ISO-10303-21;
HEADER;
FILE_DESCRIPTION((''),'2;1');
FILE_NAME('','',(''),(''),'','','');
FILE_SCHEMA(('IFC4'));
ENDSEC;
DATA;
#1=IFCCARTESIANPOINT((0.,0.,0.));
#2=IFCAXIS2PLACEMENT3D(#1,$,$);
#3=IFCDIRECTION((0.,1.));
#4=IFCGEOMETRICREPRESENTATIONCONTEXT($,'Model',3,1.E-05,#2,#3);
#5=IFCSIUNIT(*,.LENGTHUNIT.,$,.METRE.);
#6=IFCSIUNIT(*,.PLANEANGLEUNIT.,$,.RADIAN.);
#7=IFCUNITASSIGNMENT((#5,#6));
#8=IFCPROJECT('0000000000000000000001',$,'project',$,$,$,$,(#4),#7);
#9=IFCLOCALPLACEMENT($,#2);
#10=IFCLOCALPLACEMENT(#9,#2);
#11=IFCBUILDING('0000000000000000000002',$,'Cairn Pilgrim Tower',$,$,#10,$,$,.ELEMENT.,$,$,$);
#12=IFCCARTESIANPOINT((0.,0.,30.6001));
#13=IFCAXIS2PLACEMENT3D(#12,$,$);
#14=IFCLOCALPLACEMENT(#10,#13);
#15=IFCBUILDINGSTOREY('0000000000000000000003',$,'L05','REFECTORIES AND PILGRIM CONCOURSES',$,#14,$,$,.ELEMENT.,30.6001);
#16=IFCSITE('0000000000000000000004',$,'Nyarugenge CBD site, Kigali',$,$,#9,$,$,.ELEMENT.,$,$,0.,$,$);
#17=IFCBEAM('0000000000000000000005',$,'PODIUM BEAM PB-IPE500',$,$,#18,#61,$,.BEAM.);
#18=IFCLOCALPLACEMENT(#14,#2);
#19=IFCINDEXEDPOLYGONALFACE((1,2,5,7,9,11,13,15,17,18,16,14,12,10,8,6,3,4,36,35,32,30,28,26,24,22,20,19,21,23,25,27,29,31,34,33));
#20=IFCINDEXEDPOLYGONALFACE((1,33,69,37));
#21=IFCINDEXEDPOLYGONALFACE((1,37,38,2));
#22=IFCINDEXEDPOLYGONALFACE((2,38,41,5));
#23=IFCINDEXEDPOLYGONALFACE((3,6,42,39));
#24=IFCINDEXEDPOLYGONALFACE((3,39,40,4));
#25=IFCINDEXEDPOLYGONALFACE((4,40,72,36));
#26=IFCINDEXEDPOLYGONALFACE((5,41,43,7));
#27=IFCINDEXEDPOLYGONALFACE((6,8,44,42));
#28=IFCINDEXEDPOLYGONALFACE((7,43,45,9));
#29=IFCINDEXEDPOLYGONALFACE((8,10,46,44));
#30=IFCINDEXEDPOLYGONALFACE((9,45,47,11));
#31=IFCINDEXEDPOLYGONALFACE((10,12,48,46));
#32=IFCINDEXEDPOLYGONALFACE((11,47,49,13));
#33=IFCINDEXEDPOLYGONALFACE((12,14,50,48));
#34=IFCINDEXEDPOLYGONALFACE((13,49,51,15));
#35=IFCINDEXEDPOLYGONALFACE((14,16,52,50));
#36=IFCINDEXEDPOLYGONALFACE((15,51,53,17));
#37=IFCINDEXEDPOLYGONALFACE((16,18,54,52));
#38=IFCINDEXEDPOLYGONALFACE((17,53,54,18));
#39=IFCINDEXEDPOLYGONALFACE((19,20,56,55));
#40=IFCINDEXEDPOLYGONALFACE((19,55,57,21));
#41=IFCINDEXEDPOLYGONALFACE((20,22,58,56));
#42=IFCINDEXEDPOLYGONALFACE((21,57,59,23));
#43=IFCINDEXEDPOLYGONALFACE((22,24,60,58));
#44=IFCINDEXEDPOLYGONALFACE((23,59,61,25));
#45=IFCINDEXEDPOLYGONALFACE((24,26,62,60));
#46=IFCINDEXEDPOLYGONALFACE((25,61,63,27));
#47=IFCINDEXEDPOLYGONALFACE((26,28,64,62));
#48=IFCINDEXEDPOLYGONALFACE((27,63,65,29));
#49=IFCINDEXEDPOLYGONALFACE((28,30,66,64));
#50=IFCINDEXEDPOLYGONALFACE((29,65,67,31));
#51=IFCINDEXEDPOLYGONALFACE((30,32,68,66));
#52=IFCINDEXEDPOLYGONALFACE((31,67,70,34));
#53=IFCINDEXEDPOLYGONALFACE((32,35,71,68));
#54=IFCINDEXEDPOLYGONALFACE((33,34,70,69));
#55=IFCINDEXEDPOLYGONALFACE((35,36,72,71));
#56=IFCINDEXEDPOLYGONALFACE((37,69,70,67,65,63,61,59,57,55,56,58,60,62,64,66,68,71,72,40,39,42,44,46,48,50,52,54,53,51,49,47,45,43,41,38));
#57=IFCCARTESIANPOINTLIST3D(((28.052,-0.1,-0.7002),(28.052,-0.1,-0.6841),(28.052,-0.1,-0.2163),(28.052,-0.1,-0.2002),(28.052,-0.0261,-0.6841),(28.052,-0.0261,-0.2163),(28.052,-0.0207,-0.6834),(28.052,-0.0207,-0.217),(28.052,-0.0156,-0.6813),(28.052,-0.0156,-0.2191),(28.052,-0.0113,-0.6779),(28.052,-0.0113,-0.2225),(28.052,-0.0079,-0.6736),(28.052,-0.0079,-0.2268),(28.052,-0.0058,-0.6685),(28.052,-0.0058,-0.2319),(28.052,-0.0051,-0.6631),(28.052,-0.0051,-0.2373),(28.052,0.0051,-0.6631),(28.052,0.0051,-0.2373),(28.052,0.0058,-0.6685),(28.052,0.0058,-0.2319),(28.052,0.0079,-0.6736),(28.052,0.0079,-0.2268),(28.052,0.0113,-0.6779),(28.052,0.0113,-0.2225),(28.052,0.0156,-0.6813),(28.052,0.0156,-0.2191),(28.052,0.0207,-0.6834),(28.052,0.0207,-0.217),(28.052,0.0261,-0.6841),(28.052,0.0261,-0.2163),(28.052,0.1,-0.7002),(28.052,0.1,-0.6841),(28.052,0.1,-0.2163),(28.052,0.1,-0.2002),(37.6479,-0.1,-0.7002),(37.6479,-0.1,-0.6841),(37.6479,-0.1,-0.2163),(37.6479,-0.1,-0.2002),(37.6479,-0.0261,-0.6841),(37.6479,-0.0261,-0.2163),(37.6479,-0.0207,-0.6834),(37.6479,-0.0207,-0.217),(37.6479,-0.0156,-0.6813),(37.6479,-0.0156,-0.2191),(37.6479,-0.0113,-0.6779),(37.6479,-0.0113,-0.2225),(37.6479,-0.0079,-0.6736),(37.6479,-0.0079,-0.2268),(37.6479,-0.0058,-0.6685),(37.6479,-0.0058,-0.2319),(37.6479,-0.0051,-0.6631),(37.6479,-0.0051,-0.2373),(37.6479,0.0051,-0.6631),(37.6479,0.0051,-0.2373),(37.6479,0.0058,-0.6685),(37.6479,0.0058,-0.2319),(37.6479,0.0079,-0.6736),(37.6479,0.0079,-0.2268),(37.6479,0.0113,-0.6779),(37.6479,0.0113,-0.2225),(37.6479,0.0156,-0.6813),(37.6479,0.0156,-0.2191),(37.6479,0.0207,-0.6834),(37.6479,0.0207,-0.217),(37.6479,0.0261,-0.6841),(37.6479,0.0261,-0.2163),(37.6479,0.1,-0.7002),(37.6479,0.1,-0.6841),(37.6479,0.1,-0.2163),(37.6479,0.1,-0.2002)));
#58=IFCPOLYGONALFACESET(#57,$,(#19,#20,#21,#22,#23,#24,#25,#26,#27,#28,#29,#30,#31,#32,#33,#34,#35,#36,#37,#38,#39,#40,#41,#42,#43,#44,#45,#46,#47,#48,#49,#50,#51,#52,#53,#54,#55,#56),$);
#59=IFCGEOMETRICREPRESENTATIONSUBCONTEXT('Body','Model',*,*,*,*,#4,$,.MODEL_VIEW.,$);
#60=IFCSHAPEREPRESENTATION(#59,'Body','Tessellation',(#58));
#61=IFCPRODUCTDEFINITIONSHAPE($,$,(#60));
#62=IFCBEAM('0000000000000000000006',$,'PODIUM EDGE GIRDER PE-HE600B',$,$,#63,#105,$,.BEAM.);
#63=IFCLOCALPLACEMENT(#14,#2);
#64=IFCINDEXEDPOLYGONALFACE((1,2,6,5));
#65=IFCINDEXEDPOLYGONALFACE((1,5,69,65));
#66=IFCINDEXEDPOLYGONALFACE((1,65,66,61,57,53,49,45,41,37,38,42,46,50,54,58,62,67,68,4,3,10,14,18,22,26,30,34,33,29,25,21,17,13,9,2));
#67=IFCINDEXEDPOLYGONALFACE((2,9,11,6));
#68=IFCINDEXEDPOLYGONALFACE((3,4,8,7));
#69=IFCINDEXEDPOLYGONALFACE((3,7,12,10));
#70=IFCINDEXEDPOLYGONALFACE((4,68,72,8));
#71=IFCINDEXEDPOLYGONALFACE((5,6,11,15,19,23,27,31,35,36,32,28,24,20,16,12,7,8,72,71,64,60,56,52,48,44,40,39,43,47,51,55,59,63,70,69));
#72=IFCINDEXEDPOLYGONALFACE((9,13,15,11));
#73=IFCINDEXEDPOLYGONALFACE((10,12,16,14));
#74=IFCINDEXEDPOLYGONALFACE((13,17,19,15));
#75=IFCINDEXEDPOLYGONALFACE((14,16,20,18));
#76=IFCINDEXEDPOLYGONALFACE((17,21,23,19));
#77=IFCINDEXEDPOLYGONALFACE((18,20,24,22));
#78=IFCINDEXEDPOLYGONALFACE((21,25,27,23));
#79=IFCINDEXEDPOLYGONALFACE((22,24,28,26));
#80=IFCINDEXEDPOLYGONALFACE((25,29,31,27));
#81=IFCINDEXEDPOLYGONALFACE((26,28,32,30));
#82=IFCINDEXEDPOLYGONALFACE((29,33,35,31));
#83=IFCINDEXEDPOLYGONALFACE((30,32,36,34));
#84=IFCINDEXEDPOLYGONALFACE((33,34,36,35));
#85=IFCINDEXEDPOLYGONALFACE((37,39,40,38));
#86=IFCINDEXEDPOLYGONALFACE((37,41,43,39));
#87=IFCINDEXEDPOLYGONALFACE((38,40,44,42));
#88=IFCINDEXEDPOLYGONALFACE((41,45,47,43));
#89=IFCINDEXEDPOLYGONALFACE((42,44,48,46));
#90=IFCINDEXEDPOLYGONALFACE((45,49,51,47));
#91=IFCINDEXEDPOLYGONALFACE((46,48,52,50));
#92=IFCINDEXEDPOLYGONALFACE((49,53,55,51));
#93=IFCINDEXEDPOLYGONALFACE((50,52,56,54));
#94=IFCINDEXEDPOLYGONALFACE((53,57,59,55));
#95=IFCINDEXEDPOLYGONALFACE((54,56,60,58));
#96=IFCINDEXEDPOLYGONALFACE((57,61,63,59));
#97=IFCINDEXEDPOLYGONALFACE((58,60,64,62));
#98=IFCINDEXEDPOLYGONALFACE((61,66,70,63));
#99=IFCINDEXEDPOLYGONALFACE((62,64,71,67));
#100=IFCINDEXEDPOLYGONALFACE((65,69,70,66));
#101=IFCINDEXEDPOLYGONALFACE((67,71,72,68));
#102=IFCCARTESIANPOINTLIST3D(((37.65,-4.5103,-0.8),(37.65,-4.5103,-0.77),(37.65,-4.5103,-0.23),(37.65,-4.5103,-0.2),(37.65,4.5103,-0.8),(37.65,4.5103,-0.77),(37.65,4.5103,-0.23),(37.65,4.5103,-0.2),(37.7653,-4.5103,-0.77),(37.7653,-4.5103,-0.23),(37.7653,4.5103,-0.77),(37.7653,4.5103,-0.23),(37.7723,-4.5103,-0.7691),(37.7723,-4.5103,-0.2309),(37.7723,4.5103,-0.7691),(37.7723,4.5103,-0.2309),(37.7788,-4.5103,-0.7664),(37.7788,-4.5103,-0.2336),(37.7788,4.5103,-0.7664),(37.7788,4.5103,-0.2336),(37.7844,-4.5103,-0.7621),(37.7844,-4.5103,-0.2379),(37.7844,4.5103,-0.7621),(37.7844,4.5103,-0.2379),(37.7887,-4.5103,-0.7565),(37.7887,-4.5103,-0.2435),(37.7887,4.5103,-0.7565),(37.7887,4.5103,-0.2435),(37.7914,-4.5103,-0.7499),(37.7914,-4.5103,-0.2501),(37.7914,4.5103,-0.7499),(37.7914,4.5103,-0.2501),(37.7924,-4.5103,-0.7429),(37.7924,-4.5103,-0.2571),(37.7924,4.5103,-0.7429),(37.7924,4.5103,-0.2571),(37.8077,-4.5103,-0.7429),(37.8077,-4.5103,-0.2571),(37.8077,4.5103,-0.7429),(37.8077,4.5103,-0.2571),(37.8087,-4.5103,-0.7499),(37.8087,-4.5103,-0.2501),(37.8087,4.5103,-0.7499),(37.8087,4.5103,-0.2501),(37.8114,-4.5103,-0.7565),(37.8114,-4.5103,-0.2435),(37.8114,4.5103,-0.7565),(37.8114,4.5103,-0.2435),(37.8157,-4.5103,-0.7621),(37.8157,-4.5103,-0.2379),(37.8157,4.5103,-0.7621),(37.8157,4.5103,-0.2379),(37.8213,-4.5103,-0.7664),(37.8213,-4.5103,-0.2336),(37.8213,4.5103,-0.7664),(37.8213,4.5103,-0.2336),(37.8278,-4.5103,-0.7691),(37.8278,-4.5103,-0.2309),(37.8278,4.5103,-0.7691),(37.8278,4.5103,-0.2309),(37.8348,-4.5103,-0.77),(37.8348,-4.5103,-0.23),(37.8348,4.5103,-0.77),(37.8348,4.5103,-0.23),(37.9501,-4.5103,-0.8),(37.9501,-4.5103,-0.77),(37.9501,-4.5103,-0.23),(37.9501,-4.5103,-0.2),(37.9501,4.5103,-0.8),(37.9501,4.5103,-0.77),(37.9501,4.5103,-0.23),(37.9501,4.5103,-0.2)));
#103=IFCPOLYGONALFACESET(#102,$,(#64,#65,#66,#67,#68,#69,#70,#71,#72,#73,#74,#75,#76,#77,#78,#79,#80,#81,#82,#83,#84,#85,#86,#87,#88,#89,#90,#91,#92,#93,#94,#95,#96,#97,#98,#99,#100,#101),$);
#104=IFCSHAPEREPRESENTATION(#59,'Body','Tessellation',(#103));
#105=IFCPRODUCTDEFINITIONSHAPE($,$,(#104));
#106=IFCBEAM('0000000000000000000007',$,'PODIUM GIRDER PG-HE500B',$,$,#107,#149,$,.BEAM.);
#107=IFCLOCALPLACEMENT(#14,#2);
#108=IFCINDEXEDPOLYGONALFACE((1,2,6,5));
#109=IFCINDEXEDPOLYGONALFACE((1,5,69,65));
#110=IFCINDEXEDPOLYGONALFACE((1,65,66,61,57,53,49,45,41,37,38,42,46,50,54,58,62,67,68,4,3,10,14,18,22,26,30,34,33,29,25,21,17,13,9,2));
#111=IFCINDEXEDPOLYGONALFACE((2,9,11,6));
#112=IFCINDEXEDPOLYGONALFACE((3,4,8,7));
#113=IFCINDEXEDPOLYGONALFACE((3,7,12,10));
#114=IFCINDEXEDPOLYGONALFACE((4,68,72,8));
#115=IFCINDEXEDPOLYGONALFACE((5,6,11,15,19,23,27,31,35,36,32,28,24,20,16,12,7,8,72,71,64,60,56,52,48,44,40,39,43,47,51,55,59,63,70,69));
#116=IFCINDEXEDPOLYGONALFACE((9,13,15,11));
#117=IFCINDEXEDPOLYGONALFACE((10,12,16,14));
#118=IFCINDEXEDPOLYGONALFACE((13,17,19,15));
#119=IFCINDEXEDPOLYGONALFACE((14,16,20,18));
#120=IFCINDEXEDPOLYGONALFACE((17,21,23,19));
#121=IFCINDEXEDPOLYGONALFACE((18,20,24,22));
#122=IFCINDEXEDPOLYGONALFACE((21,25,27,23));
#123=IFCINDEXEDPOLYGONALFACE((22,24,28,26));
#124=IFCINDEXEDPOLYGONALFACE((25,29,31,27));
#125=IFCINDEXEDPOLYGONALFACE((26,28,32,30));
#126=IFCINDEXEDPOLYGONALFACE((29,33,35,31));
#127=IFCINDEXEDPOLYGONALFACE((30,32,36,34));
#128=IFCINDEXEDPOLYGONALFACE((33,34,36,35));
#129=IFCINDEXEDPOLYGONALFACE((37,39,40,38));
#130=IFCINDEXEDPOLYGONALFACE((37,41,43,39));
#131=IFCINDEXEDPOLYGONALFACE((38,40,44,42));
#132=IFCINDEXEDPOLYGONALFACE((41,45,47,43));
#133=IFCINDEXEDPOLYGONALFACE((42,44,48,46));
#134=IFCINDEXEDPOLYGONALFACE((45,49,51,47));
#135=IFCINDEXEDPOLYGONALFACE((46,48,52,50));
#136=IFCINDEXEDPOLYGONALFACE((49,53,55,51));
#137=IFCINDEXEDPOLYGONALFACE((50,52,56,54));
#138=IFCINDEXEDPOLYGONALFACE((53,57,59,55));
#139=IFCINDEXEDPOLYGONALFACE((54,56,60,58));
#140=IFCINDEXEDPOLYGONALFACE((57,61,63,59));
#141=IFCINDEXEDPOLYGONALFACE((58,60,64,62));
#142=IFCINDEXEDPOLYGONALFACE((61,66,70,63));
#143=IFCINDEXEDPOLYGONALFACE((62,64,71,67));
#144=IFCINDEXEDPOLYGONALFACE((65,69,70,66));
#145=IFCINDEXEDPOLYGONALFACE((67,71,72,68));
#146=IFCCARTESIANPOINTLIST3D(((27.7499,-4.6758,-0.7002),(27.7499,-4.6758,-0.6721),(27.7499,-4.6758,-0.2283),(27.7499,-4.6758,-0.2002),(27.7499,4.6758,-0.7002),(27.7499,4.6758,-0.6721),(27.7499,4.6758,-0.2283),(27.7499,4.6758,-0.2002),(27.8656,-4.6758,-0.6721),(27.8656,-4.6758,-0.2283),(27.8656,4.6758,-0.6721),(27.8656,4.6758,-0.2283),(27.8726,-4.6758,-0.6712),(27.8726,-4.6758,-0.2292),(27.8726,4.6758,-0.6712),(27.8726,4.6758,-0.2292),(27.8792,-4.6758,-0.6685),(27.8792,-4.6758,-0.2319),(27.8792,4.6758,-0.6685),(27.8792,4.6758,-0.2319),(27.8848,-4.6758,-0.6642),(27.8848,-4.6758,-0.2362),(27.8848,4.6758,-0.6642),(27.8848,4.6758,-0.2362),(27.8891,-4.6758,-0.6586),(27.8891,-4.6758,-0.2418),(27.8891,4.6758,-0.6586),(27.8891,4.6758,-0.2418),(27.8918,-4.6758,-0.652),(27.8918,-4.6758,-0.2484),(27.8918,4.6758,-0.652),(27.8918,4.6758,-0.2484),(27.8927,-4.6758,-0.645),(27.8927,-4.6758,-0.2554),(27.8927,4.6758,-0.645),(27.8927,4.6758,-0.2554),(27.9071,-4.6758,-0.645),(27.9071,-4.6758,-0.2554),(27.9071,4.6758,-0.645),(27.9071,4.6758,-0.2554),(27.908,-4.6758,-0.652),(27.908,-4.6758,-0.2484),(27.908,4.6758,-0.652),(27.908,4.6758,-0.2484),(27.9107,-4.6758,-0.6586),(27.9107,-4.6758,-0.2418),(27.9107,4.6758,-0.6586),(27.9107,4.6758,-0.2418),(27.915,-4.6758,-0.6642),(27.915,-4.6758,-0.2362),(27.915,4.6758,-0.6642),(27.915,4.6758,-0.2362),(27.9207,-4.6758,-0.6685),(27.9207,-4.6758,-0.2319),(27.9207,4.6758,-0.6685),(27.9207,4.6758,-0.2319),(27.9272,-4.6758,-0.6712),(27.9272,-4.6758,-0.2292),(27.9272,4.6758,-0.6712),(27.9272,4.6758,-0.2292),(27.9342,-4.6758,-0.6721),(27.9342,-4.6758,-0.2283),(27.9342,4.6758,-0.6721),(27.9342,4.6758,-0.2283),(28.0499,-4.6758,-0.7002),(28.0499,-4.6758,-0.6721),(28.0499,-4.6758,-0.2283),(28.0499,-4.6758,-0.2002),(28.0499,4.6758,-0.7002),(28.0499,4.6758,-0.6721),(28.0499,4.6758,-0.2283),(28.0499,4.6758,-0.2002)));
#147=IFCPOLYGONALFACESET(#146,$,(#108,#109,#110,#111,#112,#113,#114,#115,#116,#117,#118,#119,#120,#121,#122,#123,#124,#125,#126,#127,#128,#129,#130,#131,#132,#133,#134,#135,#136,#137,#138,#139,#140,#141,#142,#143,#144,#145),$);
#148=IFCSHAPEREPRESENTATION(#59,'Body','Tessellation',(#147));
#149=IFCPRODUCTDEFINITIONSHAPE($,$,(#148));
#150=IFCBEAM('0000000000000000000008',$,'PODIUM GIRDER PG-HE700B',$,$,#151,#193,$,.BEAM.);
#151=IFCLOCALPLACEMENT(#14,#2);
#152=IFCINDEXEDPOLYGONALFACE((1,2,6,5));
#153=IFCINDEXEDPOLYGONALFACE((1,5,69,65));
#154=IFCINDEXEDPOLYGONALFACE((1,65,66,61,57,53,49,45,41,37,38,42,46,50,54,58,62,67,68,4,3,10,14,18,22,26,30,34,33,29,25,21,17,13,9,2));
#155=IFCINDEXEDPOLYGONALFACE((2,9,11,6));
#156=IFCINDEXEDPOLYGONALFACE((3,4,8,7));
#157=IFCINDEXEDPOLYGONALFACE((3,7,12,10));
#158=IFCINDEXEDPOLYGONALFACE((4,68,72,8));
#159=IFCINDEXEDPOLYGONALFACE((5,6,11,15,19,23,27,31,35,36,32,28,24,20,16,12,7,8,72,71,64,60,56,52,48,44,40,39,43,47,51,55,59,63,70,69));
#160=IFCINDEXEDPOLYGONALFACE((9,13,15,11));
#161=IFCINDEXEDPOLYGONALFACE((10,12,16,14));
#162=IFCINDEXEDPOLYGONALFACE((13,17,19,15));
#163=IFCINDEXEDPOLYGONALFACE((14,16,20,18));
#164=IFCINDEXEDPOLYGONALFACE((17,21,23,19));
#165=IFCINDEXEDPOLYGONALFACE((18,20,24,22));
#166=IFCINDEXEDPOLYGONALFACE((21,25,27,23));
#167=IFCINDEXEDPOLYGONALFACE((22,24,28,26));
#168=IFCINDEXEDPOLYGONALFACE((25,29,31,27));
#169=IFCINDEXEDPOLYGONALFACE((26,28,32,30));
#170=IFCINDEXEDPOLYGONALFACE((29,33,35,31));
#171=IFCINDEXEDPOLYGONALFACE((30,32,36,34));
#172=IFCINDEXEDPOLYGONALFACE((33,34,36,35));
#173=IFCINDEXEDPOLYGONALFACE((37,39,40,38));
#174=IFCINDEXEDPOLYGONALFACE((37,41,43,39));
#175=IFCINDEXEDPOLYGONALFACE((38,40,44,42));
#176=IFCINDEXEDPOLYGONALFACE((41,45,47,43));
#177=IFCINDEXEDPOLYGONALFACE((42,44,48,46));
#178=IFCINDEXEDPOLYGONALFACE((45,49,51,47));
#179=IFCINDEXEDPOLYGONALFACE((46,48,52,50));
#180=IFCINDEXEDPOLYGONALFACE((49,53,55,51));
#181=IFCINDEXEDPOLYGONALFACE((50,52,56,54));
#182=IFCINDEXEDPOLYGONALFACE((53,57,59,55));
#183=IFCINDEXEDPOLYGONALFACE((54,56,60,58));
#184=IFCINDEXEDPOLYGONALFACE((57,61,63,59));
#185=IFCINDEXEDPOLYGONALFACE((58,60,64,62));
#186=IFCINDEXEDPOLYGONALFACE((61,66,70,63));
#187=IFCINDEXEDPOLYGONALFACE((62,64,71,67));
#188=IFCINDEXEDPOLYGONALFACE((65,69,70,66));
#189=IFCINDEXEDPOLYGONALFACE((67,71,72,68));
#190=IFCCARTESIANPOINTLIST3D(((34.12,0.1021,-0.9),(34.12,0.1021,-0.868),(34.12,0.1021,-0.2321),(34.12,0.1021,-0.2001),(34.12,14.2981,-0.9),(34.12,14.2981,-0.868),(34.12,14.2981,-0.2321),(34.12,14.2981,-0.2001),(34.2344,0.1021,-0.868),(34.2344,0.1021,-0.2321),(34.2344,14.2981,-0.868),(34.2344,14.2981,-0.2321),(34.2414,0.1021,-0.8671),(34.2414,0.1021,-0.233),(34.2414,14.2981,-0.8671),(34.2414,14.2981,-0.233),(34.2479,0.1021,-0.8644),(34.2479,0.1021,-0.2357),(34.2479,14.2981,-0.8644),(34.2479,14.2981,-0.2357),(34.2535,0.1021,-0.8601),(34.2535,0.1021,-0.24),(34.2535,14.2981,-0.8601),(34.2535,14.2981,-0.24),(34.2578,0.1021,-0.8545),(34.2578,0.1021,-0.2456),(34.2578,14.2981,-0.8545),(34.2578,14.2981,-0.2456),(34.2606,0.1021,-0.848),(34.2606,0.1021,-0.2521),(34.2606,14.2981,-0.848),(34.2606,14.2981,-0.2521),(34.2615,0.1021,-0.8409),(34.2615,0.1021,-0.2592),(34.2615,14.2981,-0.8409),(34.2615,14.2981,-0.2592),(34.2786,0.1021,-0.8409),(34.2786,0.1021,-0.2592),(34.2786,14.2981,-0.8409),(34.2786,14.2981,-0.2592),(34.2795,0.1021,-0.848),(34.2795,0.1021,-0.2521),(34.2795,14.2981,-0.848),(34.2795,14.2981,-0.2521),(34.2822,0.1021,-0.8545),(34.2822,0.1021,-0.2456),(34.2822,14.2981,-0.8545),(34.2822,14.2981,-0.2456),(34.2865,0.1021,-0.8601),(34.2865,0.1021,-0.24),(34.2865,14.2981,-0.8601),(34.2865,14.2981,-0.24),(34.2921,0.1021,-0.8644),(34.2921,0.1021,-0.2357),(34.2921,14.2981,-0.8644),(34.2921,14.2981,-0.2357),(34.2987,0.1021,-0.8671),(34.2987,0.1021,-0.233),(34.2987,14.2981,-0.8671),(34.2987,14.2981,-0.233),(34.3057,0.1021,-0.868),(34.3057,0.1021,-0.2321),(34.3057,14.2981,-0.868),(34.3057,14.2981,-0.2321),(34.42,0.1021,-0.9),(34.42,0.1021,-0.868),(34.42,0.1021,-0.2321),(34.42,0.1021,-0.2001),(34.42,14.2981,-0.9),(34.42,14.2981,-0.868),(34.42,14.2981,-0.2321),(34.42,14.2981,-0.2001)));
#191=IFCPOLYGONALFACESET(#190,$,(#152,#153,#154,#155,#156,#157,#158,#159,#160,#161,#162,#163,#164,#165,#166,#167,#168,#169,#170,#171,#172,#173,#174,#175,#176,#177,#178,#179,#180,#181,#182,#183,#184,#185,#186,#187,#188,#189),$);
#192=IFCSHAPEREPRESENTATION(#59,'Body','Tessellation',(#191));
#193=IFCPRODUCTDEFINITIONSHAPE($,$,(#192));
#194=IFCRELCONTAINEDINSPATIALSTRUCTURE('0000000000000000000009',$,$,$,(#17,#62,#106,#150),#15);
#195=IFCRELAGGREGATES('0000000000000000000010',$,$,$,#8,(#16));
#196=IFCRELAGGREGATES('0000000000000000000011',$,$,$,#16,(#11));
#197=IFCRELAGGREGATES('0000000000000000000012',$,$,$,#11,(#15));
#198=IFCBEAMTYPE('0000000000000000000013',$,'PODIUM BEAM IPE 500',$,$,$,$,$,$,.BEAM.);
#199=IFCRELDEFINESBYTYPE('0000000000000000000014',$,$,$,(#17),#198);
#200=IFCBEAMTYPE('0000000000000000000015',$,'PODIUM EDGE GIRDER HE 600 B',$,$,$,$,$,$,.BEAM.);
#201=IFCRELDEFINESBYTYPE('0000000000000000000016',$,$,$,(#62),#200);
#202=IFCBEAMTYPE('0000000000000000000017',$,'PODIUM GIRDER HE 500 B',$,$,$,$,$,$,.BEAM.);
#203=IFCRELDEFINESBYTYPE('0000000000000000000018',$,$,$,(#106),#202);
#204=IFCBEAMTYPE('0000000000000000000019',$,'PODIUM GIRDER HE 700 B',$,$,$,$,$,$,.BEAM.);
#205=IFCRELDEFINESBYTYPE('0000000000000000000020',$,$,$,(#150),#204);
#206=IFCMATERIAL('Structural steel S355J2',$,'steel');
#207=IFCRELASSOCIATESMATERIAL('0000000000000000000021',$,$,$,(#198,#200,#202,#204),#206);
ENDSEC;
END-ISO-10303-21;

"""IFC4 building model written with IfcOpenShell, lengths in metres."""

from ifc_helpers import new_model, si_unit, direction, frame, origin, origin_2d, place, context, subcontext, project, spatial, i_section, extrude, material, material_profile, profile_set, type_object, element, save


model = new_model("IFC4")

# Units and contexts
model_context = context("Model", 3, precision=1e-05, world=origin(), true_north=direction((0.0, 1.0)))
body_context = subcontext(model_context, "Body", "Model", "MODEL_VIEW")
ifc_project = project(units=[si_unit("LENGTHUNIT", "METRE"), si_unit("PLANEANGLEUNIT", "RADIAN")], contexts=[model_context])

# Site, building, storey
site_placement = place(None, origin())
site = spatial("IfcSite", under=ifc_project, at=site_placement, Name="Nyarugenge CBD site, Kigali", CompositionType="ELEMENT", RefElevation=0.0)
building_placement = place(site_placement, origin())
building = spatial("IfcBuilding", under=site, at=building_placement, Name="Cairn Pilgrim Tower", CompositionType="ELEMENT")
storey_placement = place(building_placement, frame((0.0, 0.0, 30.6001)))
storey = spatial("IfcBuildingStorey", under=building, at=storey_placement, Name="L05", Description="REFECTORIES AND PILGRIM CONCOURSES", CompositionType="ELEMENT", Elevation=30.6001)

# Shared definitions
ifc_material_1 = material(Name="Structural steel S355J2", Category="steel")

# Beams
ifc_material_profile_1 = material_profile(ifc_material_1, i_section(OverallWidth=0.2, OverallDepth=0.5, WebThickness=0.0103, FlangeThickness=0.0161, FilletRadius=0.021, at=origin_2d()), Name="IPE 500")
ifc_profile_set_1 = profile_set([ifc_material_profile_1], Name="Structural steel S355J2")
beam_type_1 = type_object("IfcBeamType", Name="PODIUM BEAM IPE 500", PredefinedType="BEAM", material=ifc_profile_set_1)
beam_1_placement = place(storey_placement, frame((28.052, 0.0, -0.4502), z_axis=(1.0, 0.0, 0.0), x_axis=(0.0, 1.0, 0.0)))
element("IfcBeam", 1, at=beam_1_placement, inside=storey, type_object=beam_type_1, Name="PODIUM BEAM PB-IPE500", PredefinedType="BEAM", context=body_context, shape_type="SweptSolid", body=[
    extrude(i_section(OverallWidth=0.2, OverallDepth=0.5, WebThickness=0.0103, FlangeThickness=0.0161, FilletRadius=0.021, at=origin_2d()), origin(), (0.0, 0.0, 1.0), 9.5959),
])
ifc_material_profile_2 = material_profile(ifc_material_1, i_section(OverallWidth=0.3, OverallDepth=0.6001, WebThickness=0.0154, FlangeThickness=0.03, FilletRadius=0.0271, at=origin_2d()), Name="HEB 600")
ifc_profile_set_2 = profile_set([ifc_material_profile_2], Name="Structural steel S355J2")
beam_type_2 = type_object("IfcBeamType", Name="PODIUM EDGE GIRDER HE 600 B", PredefinedType="BEAM", material=ifc_profile_set_2)
beam_2_placement = place(storey_placement, frame((37.8, -4.5103, -0.5), z_axis=(0.0, 1.0, 0.0), x_axis=(-1.0, 0.0, 0.0)))
element("IfcBeam", 2, at=beam_2_placement, inside=storey, type_object=beam_type_2, Name="PODIUM EDGE GIRDER PE-HE600B", PredefinedType="BEAM", context=body_context, shape_type="SweptSolid", body=[
    extrude(i_section(OverallWidth=0.3, OverallDepth=0.6001, WebThickness=0.0154, FlangeThickness=0.03, FilletRadius=0.0271, at=origin_2d()), origin(), (0.0, 0.0, 1.0), 9.0205),
])
ifc_material_profile_3 = material_profile(ifc_material_1, i_section(OverallWidth=0.3, OverallDepth=0.5, WebThickness=0.0144, FlangeThickness=0.0281, FilletRadius=0.0271, at=origin_2d()), Name="HEB 500")
ifc_profile_set_3 = profile_set([ifc_material_profile_3], Name="Structural steel S355J2")
beam_type_3 = type_object("IfcBeamType", Name="PODIUM GIRDER HE 500 B", PredefinedType="BEAM", material=ifc_profile_set_3)
beam_3_placement = place(storey_placement, frame((27.8999, -4.6758, -0.4502), z_axis=(0.0, 1.0, 0.0), x_axis=(-1.0, 0.0, 0.0)))
element("IfcBeam", 3, at=beam_3_placement, inside=storey, type_object=beam_type_3, Name="PODIUM GIRDER PG-HE500B", PredefinedType="BEAM", context=body_context, shape_type="SweptSolid", body=[
    extrude(i_section(OverallWidth=0.3, OverallDepth=0.5, WebThickness=0.0144, FlangeThickness=0.0281, FilletRadius=0.0271, at=origin_2d()), origin(), (0.0, 0.0, 1.0), 9.3516),
])
ifc_material_profile_4 = material_profile(ifc_material_1, i_section(OverallWidth=0.3, OverallDepth=0.7, WebThickness=0.0171, FlangeThickness=0.032, FilletRadius=0.0271, at=origin_2d()), Name="HEB 700")
ifc_profile_set_4 = profile_set([ifc_material_profile_4], Name="Structural steel S355J2")
beam_type_4 = type_object("IfcBeamType", Name="PODIUM GIRDER HE 700 B", PredefinedType="BEAM", material=ifc_profile_set_4)
beam_4_placement = place(storey_placement, frame((34.27, 0.1021, -0.55), z_axis=(0.0, 1.0, 0.0), x_axis=(-1.0, 0.0, 0.0)))
element("IfcBeam", 4, at=beam_4_placement, inside=storey, type_object=beam_type_4, Name="PODIUM GIRDER PG-HE700B", PredefinedType="BEAM", context=body_context, shape_type="SweptSolid", body=[
    extrude(i_section(OverallWidth=0.3, OverallDepth=0.7, WebThickness=0.0171, FlangeThickness=0.032, FilletRadius=0.0271, at=origin_2d()), origin(), (0.0, 0.0, 1.0), 14.196),
])

save(model, "model.ifc")
